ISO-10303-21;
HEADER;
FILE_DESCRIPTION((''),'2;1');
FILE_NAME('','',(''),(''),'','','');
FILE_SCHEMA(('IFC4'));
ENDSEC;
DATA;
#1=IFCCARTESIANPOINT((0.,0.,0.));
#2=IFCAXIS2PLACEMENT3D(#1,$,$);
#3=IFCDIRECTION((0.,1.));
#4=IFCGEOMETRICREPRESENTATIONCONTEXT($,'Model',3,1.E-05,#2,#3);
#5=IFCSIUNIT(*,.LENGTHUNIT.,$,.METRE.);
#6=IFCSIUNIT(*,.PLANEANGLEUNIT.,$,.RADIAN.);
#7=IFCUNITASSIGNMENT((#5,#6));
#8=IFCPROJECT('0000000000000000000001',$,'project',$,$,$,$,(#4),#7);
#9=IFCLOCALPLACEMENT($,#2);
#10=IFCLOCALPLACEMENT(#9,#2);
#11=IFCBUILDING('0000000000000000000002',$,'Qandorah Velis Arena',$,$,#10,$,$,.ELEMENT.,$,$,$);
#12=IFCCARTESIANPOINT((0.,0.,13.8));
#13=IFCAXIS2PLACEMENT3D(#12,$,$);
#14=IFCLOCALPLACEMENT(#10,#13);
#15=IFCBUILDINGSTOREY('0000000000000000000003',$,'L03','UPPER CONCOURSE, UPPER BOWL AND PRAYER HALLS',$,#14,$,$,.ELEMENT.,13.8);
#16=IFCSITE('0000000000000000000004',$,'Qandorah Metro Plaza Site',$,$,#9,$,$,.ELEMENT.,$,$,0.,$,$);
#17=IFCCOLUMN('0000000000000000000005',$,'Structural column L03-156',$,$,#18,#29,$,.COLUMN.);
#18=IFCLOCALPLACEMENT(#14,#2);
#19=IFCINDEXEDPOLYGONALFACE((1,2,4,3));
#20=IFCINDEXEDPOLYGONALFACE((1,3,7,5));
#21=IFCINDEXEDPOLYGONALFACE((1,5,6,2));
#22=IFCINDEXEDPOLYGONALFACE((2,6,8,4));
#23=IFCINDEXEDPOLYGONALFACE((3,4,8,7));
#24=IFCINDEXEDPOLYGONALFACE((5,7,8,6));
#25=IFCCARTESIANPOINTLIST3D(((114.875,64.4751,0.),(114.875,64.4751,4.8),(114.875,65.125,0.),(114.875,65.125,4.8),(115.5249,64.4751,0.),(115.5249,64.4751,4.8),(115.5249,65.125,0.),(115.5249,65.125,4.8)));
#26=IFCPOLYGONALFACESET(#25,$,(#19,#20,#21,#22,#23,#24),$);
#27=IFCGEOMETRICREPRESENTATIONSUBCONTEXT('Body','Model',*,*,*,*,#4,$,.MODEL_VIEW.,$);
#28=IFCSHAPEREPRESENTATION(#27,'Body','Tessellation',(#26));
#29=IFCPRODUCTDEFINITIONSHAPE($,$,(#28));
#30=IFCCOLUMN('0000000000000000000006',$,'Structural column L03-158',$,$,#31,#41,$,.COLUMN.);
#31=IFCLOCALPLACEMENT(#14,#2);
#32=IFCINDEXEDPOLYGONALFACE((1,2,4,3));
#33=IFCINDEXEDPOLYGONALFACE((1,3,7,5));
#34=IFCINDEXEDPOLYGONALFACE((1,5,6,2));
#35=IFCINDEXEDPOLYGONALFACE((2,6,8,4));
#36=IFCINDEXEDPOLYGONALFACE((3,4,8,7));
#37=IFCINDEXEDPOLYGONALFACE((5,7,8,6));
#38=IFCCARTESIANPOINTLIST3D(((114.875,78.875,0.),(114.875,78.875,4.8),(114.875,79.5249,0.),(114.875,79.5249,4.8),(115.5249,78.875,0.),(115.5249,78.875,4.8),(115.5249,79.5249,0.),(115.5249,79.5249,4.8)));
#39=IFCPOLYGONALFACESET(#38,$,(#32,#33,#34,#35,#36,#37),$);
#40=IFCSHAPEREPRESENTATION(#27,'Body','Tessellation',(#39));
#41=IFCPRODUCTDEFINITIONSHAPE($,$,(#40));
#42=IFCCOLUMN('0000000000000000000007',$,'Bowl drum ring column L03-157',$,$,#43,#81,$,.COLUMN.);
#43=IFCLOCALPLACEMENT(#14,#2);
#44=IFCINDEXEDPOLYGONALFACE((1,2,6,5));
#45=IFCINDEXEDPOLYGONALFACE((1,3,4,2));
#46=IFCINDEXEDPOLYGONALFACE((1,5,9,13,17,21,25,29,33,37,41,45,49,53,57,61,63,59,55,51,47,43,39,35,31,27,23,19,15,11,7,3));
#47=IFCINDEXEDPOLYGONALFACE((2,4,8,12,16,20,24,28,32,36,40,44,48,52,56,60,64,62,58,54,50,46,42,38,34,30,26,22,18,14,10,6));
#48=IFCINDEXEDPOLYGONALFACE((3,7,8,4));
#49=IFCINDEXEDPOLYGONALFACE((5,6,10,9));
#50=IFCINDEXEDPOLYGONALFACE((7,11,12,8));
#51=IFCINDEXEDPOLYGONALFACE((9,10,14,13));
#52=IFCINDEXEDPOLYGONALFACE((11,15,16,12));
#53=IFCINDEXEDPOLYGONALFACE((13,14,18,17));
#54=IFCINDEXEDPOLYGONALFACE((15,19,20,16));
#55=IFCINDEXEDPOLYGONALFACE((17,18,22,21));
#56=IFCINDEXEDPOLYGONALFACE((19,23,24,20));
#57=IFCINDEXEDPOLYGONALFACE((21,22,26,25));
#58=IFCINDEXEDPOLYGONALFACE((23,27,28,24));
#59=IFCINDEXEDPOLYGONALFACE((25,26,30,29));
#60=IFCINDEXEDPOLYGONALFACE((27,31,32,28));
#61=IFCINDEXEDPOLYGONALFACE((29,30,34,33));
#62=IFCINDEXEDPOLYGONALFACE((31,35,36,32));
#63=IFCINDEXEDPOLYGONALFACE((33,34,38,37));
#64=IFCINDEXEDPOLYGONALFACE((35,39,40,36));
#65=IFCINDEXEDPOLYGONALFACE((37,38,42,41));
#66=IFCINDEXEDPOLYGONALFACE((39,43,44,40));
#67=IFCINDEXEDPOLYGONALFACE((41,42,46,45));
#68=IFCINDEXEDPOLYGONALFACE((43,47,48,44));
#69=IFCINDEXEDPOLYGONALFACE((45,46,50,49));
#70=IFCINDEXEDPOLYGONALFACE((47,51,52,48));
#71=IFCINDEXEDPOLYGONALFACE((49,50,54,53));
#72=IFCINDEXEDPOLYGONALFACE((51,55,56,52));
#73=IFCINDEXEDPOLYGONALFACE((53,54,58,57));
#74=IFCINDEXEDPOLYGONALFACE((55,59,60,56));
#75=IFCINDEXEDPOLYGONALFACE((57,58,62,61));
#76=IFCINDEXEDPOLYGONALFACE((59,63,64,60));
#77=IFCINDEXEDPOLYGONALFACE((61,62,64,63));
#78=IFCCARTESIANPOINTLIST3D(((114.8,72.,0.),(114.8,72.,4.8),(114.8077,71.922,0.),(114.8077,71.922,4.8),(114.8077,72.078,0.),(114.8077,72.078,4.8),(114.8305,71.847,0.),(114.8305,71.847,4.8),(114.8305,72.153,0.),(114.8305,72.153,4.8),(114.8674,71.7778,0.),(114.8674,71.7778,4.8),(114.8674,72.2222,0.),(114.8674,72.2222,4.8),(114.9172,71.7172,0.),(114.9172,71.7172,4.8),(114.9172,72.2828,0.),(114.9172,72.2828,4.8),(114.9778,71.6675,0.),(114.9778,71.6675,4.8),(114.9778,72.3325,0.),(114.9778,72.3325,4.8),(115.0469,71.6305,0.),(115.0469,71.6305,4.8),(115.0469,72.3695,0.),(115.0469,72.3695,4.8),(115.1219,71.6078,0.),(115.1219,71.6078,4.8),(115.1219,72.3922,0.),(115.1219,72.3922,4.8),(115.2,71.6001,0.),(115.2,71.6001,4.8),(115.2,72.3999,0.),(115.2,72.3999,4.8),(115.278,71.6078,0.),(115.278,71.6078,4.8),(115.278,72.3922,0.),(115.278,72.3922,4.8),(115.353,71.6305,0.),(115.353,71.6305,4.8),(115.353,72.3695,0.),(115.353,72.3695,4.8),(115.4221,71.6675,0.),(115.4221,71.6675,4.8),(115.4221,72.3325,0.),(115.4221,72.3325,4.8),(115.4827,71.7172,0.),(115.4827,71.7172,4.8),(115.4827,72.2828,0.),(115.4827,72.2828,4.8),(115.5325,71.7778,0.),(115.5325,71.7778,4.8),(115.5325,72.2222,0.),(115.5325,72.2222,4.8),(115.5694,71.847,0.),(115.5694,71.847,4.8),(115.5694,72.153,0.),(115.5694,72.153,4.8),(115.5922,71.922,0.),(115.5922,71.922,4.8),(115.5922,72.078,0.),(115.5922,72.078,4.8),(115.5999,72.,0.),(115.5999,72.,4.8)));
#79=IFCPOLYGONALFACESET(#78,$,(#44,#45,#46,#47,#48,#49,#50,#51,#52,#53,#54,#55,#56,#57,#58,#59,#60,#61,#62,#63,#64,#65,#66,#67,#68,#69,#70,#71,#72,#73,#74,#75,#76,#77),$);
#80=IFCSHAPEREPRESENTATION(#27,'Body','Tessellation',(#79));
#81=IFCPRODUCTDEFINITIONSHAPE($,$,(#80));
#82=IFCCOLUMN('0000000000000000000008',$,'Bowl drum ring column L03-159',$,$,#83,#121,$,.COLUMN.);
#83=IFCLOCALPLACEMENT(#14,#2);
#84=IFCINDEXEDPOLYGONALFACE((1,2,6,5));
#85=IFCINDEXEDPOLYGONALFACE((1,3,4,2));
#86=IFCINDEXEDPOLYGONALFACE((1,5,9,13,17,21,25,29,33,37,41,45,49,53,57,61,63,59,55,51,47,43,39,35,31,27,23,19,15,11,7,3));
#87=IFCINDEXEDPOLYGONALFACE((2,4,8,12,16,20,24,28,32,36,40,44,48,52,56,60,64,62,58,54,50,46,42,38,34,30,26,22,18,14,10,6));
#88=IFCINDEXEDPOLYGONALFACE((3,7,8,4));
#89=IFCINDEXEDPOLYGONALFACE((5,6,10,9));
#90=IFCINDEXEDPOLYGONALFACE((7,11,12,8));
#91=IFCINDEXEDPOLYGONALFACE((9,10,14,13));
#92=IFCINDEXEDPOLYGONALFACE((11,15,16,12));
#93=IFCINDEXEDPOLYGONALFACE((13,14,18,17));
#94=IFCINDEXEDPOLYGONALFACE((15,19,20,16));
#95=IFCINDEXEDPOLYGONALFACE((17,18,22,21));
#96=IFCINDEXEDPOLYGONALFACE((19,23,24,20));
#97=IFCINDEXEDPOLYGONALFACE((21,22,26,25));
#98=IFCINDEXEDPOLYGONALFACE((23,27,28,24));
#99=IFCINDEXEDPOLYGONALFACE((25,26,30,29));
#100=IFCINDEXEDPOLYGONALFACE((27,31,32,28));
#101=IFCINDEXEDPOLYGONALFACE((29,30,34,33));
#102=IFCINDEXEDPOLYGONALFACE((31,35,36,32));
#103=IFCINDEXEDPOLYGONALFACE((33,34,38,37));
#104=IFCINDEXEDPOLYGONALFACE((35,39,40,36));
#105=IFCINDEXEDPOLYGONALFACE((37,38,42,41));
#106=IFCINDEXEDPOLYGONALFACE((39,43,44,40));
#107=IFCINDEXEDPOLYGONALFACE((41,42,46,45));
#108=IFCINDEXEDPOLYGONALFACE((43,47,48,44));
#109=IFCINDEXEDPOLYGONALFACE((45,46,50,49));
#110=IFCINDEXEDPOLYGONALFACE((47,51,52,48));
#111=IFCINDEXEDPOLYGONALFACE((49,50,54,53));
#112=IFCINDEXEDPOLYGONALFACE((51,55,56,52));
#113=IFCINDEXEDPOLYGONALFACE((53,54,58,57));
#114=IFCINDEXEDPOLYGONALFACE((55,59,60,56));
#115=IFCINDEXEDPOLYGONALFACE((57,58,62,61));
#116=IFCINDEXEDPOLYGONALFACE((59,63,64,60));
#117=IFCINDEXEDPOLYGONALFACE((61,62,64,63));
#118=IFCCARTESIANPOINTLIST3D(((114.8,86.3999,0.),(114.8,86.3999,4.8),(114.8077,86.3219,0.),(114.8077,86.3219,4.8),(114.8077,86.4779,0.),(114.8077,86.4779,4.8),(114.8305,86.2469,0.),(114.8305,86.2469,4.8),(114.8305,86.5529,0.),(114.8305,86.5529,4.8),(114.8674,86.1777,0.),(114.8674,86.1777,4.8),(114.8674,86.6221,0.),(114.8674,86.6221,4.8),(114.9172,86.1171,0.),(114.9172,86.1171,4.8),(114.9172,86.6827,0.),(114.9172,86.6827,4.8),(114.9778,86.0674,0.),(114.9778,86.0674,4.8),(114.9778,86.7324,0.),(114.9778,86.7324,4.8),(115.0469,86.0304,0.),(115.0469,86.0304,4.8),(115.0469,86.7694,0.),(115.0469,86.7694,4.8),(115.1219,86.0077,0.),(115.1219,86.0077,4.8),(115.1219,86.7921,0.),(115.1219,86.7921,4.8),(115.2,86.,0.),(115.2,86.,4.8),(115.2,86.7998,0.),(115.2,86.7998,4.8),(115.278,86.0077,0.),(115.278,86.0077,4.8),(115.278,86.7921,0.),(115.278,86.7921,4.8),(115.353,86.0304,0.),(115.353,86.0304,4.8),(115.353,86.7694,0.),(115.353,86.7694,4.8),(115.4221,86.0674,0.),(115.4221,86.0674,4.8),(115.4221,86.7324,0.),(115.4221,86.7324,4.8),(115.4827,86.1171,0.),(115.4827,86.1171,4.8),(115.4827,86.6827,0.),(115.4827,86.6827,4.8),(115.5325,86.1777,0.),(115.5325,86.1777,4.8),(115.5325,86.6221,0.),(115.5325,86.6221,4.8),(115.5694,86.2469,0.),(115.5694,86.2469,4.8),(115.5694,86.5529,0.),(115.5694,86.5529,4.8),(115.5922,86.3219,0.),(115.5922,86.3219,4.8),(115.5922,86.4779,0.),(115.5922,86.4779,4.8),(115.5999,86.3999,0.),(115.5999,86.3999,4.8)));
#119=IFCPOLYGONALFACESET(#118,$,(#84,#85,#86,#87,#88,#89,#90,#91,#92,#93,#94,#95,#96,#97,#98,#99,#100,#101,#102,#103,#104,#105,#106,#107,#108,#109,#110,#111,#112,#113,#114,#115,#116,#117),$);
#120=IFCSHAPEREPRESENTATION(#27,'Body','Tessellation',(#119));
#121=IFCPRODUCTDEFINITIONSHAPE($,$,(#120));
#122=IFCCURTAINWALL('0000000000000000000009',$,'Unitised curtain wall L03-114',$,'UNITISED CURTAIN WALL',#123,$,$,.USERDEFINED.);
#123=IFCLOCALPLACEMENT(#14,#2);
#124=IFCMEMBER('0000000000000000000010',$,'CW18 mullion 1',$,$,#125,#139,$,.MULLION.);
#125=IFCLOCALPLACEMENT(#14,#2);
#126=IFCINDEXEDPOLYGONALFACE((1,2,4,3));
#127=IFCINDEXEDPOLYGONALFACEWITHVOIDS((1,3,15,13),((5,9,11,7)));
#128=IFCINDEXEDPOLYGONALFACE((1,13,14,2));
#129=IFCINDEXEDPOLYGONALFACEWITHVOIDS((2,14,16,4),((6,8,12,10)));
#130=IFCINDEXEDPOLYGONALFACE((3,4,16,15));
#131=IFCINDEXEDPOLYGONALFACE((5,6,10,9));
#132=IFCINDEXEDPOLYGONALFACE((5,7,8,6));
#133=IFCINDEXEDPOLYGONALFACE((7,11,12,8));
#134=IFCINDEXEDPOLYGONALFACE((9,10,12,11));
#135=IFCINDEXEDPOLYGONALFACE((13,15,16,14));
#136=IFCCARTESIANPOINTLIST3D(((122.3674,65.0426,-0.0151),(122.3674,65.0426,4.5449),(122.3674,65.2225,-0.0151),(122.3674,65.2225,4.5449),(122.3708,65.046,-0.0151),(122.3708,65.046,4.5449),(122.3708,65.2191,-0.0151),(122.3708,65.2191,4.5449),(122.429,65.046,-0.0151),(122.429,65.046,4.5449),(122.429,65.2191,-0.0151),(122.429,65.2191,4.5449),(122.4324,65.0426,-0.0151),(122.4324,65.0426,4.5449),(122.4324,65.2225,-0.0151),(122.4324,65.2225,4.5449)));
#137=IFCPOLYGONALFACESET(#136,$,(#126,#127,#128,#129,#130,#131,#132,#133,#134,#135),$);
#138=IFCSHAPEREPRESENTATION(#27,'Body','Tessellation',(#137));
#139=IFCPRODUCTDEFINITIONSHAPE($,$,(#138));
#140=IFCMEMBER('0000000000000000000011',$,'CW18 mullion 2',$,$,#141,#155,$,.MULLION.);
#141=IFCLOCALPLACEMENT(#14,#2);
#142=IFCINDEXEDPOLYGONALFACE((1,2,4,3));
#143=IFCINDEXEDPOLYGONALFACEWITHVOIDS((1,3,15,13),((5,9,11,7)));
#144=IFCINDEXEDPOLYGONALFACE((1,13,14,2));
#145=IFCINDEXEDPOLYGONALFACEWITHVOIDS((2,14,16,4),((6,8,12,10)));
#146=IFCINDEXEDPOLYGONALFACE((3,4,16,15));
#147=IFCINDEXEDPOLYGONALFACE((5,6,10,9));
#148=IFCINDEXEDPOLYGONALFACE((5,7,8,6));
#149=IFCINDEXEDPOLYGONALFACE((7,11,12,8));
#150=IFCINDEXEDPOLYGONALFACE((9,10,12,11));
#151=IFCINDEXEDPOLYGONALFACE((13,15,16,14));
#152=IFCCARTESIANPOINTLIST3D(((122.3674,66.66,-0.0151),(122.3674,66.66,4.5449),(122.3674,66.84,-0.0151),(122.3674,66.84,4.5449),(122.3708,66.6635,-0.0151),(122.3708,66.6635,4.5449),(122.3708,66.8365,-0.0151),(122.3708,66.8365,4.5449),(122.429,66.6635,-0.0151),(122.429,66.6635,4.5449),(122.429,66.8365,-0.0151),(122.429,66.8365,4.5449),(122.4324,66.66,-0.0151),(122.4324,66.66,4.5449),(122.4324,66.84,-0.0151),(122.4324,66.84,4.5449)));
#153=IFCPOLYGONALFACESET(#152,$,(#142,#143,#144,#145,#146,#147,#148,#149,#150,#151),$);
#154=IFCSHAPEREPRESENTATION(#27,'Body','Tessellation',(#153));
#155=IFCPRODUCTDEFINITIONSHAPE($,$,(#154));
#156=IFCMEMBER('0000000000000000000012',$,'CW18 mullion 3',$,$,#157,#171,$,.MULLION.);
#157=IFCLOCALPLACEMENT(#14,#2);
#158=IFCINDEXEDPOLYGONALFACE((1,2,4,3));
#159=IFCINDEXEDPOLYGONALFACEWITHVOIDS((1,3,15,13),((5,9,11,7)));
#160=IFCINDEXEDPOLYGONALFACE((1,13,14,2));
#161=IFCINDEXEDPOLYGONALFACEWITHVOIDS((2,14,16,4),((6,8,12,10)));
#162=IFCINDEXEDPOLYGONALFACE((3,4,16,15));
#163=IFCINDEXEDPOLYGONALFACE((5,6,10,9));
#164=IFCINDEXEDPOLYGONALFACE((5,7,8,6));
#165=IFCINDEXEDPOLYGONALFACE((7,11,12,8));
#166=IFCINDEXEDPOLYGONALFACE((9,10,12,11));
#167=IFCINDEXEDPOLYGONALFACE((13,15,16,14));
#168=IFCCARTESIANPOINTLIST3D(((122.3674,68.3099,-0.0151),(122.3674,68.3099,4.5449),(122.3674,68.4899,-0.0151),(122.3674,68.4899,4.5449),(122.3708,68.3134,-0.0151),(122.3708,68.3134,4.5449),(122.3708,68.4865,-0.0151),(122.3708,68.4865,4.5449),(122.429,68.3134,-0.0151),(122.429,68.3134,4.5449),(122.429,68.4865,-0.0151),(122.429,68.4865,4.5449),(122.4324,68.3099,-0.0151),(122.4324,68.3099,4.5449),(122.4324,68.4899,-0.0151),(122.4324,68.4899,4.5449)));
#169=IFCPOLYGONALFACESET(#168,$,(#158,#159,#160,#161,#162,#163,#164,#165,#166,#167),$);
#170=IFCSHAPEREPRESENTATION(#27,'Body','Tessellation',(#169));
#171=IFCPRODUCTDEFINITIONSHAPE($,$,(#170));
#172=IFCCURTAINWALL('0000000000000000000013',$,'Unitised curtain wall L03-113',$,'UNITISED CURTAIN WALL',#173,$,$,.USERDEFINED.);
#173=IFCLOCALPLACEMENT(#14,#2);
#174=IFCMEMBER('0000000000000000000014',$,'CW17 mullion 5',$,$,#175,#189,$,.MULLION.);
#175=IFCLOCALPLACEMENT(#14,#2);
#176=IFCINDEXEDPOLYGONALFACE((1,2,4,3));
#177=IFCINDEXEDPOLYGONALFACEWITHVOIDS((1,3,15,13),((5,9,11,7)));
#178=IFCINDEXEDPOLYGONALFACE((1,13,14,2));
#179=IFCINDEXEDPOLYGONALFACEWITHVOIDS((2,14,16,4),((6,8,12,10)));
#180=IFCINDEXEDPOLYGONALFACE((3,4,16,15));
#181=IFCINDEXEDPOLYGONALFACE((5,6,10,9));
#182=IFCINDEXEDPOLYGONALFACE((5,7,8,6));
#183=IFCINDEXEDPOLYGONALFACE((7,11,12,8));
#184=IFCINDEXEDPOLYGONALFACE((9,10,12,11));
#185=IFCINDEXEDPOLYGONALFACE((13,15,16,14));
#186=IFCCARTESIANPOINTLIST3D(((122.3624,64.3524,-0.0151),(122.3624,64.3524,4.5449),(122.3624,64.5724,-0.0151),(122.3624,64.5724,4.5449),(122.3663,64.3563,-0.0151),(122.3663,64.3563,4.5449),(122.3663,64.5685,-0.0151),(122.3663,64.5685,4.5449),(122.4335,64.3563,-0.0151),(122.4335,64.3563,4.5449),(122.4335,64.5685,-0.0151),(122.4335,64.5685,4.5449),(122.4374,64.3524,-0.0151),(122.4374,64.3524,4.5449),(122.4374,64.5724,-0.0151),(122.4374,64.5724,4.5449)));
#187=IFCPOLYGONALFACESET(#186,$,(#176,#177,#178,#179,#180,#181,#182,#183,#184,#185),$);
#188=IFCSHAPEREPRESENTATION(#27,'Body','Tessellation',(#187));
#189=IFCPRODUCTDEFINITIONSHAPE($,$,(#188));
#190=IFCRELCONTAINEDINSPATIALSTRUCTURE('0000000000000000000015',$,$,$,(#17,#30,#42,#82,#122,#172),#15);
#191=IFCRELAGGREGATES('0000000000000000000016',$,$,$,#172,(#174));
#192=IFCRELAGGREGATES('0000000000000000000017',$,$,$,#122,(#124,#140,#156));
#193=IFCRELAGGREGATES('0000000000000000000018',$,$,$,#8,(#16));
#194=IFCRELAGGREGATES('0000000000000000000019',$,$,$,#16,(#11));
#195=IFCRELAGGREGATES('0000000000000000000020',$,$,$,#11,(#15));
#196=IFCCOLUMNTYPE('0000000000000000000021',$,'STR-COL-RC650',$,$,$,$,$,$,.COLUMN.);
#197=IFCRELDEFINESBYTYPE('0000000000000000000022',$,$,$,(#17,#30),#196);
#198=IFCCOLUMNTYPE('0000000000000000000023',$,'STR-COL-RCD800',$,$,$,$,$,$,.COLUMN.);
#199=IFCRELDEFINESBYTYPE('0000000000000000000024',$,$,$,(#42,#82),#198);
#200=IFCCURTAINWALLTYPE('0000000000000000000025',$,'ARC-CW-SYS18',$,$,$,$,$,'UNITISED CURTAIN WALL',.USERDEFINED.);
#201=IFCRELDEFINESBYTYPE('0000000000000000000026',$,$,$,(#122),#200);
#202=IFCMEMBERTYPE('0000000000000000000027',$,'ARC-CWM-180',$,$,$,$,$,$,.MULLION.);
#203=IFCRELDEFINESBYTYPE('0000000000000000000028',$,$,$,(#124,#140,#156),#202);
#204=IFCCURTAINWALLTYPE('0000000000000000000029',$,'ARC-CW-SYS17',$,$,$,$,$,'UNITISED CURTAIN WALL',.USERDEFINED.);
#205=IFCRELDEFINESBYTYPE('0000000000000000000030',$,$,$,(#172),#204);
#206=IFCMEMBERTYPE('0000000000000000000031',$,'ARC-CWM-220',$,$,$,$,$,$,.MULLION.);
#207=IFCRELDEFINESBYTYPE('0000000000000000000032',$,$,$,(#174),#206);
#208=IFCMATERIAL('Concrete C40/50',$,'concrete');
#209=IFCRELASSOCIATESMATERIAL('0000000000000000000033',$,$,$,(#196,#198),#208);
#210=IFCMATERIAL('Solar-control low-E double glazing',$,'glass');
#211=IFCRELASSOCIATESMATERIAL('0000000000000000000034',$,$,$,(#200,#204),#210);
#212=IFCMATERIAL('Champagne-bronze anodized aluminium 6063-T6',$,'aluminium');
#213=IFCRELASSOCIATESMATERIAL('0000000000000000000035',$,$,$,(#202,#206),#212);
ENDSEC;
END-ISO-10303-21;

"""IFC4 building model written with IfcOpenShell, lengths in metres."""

from ifc_helpers import new_model, si_unit, direction, frame, origin, origin_2d, place, context, subcontext, project, spatial, rectangle, hollow_rectangle, circle, extrude, material, material_profile, profile_set, type_object, element, aggregate, save


model = new_model("IFC4")

# Units and contexts
model_context = context("Model", 3, precision=1e-05, world=origin(), true_north=direction((0.0, 1.0)))
body_context = subcontext(model_context, "Body", "Model", "MODEL_VIEW")
ifc_project = project(units=[si_unit("LENGTHUNIT", "METRE"), si_unit("PLANEANGLEUNIT", "RADIAN")], contexts=[model_context])

# Site, building, storey
site_placement = place(None, origin())
site = spatial("IfcSite", under=ifc_project, at=site_placement, Name="Qandorah Metro Plaza Site", CompositionType="ELEMENT", RefElevation=0.0)
building_placement = place(site_placement, origin())
building = spatial("IfcBuilding", under=site, at=building_placement, Name="Qandorah Velis Arena", CompositionType="ELEMENT")
storey_placement = place(building_placement, frame((0.0, 0.0, 13.8)))
storey = spatial("IfcBuildingStorey", under=building, at=storey_placement, Name="L03", Description="UPPER CONCOURSE, UPPER BOWL AND PRAYER HALLS", CompositionType="ELEMENT", Elevation=13.8)

# Columns
ifc_material_1 = material(Name="Concrete C40/50", Category="concrete")
ifc_material_profile_1 = material_profile(ifc_material_1, rectangle(XDim=0.6499, YDim=0.6499, at=origin_2d()), Name="RC COL 650x650")
ifc_profile_set_1 = profile_set([ifc_material_profile_1], Name="Concrete C40/50")
column_type_1 = type_object("IfcColumnType", Name="STR-COL-RC650", PredefinedType="COLUMN", material=ifc_profile_set_1)
for number, where, z_axis, x_axis, name in (
    (1, (115.2, 64.8, 0.0), (0.0, 0.0, 1.0), (1.0, 0.0, 0.0), "Structural column L03-156"),
    (2, (115.2, 79.2, 0.0), (0.0, 0.0, 1.0), (1.0, 0.0, 0.0), "Structural column L03-158"),
):
    element("IfcColumn", number, at=place(storey_placement, frame(where, z_axis=z_axis, x_axis=x_axis)), inside=storey, type_object=column_type_1, Name=name, PredefinedType="COLUMN", context=body_context, shape_type="SweptSolid", body=[
        extrude(rectangle(XDim=0.6499, YDim=0.6499, at=origin_2d()), origin(), (0.0, 0.0, 1.0), 4.8),
    ])
ifc_material_profile_2 = material_profile(ifc_material_1, circle(Radius=0.3999, at=origin_2d()), Name="RC D800")
ifc_profile_set_2 = profile_set([ifc_material_profile_2], Name="Concrete C40/50")
column_type_2 = type_object("IfcColumnType", Name="STR-COL-RCD800", PredefinedType="COLUMN", material=ifc_profile_set_2)
for number, where, z_axis, x_axis, name in (
    (3, (115.2, 72.0, 0.0), (0.0, 0.0, 1.0), (1.0, 0.0, 0.0), "Bowl drum ring column L03-157"),
    (4, (115.2, 86.3999, 0.0), (0.0, 0.0, 1.0), (1.0, 0.0, 0.0), "Bowl drum ring column L03-159"),
):
    element("IfcColumn", number, at=place(storey_placement, frame(where, z_axis=z_axis, x_axis=x_axis)), inside=storey, type_object=column_type_2, Name=name, PredefinedType="COLUMN", context=body_context, shape_type="SweptSolid", body=[
        extrude(circle(Radius=0.3999, at=origin_2d()), origin(), (0.0, 0.0, 1.0), 4.8),
    ])

# Curtain wall, members
ifc_material_2 = material(Name="Solar-control low-E double glazing", Category="glass")
curtain_wall_type_1 = type_object("IfcCurtainWallType", Name="ARC-CW-SYS18", ElementType="UNITISED CURTAIN WALL", PredefinedType="USERDEFINED", material=ifc_material_2)
curtain_wall_1_placement = place(storey_placement, origin())
curtain_wall_1 = element("IfcCurtainWall", 5, at=curtain_wall_1_placement, inside=storey, type_object=curtain_wall_type_1, Name="Unitised curtain wall L03-114", ObjectType="UNITISED CURTAIN WALL", PredefinedType="USERDEFINED")
ifc_material_3 = material(Name="Champagne-bronze anodized aluminium 6063-T6", Category="aluminium")
ifc_material_profile_3 = material_profile(ifc_material_3, hollow_rectangle(XDim=0.0649, YDim=0.1799, WallThickness=0.0034, at=origin_2d()), Name="ALU MULLION 65x180")
ifc_profile_set_3 = profile_set([ifc_material_profile_3], Name="Champagne-bronze anodized aluminium 6063-T6")
member_type_1 = type_object("IfcMemberType", Name="ARC-CWM-180", PredefinedType="MULLION", material=ifc_profile_set_3)
member_1_placement = place(storey_placement, frame((122.3999, 65.1326, -0.0151), z_axis=(0.0, 0.0, 1.0), x_axis=(-1.0, 0.0, 0.0)))
member_1 = element("IfcMember", 6, at=member_1_placement, type_object=member_type_1, Name="CW18 mullion 1", PredefinedType="MULLION", context=body_context, shape_type="SweptSolid", body=[
    extrude(hollow_rectangle(XDim=0.0649, YDim=0.1799, WallThickness=0.0034, at=origin_2d()), origin(), (0.0, 0.0, 1.0), 4.5601),
])
member_2_placement = place(storey_placement, frame((122.3999, 66.75, -0.0151), z_axis=(0.0, 0.0, 1.0), x_axis=(-1.0, 0.0, 0.0)))
member_2 = element("IfcMember", 7, at=member_2_placement, type_object=member_type_1, Name="CW18 mullion 2", PredefinedType="MULLION", context=body_context, shape_type="SweptSolid", body=[
    extrude(hollow_rectangle(XDim=0.0649, YDim=0.1799, WallThickness=0.0034, at=origin_2d()), origin(), (0.0, 0.0, 1.0), 4.5601),
])
member_3_placement = place(storey_placement, frame((122.3999, 68.3999, -0.0151), z_axis=(0.0, 0.0, 1.0), x_axis=(-1.0, 0.0, 0.0)))
member_3 = element("IfcMember", 8, at=member_3_placement, type_object=member_type_1, Name="CW18 mullion 3", PredefinedType="MULLION", context=body_context, shape_type="SweptSolid", body=[
    extrude(hollow_rectangle(XDim=0.0649, YDim=0.1799, WallThickness=0.0034, at=origin_2d()), origin(), (0.0, 0.0, 1.0), 4.5601),
])

# Curtain wall, member
curtain_wall_type_2 = type_object("IfcCurtainWallType", Name="ARC-CW-SYS17", ElementType="UNITISED CURTAIN WALL", PredefinedType="USERDEFINED", material=ifc_material_2)
curtain_wall_2_placement = place(storey_placement, origin())
curtain_wall_2 = element("IfcCurtainWall", 9, at=curtain_wall_2_placement, inside=storey, type_object=curtain_wall_type_2, Name="Unitised curtain wall L03-113", ObjectType="UNITISED CURTAIN WALL", PredefinedType="USERDEFINED")
ifc_material_profile_4 = material_profile(ifc_material_3, hollow_rectangle(XDim=0.075, YDim=0.22, WallThickness=0.0039, at=origin_2d()), Name="ALU MULLION 75x220")
ifc_profile_set_4 = profile_set([ifc_material_profile_4], Name="Champagne-bronze anodized aluminium 6063-T6")
member_type_2 = type_object("IfcMemberType", Name="ARC-CWM-220", PredefinedType="MULLION", material=ifc_profile_set_4)
member_4_placement = place(storey_placement, frame((122.3999, 64.4624, -0.0151), z_axis=(0.0, 0.0, 1.0), x_axis=(-1.0, 0.0, 0.0)))
member_4 = element("IfcMember", 10, at=member_4_placement, type_object=member_type_2, Name="CW17 mullion 5", PredefinedType="MULLION", context=body_context, shape_type="SweptSolid", body=[
    extrude(hollow_rectangle(XDim=0.075, YDim=0.22, WallThickness=0.0039, at=origin_2d()), origin(), (0.0, 0.0, 1.0), 4.5601),
])
aggregate(curtain_wall_2, [member_4])

aggregate(curtain_wall_1, [member_1, member_2, member_3])

save(model, "model.ifc")
